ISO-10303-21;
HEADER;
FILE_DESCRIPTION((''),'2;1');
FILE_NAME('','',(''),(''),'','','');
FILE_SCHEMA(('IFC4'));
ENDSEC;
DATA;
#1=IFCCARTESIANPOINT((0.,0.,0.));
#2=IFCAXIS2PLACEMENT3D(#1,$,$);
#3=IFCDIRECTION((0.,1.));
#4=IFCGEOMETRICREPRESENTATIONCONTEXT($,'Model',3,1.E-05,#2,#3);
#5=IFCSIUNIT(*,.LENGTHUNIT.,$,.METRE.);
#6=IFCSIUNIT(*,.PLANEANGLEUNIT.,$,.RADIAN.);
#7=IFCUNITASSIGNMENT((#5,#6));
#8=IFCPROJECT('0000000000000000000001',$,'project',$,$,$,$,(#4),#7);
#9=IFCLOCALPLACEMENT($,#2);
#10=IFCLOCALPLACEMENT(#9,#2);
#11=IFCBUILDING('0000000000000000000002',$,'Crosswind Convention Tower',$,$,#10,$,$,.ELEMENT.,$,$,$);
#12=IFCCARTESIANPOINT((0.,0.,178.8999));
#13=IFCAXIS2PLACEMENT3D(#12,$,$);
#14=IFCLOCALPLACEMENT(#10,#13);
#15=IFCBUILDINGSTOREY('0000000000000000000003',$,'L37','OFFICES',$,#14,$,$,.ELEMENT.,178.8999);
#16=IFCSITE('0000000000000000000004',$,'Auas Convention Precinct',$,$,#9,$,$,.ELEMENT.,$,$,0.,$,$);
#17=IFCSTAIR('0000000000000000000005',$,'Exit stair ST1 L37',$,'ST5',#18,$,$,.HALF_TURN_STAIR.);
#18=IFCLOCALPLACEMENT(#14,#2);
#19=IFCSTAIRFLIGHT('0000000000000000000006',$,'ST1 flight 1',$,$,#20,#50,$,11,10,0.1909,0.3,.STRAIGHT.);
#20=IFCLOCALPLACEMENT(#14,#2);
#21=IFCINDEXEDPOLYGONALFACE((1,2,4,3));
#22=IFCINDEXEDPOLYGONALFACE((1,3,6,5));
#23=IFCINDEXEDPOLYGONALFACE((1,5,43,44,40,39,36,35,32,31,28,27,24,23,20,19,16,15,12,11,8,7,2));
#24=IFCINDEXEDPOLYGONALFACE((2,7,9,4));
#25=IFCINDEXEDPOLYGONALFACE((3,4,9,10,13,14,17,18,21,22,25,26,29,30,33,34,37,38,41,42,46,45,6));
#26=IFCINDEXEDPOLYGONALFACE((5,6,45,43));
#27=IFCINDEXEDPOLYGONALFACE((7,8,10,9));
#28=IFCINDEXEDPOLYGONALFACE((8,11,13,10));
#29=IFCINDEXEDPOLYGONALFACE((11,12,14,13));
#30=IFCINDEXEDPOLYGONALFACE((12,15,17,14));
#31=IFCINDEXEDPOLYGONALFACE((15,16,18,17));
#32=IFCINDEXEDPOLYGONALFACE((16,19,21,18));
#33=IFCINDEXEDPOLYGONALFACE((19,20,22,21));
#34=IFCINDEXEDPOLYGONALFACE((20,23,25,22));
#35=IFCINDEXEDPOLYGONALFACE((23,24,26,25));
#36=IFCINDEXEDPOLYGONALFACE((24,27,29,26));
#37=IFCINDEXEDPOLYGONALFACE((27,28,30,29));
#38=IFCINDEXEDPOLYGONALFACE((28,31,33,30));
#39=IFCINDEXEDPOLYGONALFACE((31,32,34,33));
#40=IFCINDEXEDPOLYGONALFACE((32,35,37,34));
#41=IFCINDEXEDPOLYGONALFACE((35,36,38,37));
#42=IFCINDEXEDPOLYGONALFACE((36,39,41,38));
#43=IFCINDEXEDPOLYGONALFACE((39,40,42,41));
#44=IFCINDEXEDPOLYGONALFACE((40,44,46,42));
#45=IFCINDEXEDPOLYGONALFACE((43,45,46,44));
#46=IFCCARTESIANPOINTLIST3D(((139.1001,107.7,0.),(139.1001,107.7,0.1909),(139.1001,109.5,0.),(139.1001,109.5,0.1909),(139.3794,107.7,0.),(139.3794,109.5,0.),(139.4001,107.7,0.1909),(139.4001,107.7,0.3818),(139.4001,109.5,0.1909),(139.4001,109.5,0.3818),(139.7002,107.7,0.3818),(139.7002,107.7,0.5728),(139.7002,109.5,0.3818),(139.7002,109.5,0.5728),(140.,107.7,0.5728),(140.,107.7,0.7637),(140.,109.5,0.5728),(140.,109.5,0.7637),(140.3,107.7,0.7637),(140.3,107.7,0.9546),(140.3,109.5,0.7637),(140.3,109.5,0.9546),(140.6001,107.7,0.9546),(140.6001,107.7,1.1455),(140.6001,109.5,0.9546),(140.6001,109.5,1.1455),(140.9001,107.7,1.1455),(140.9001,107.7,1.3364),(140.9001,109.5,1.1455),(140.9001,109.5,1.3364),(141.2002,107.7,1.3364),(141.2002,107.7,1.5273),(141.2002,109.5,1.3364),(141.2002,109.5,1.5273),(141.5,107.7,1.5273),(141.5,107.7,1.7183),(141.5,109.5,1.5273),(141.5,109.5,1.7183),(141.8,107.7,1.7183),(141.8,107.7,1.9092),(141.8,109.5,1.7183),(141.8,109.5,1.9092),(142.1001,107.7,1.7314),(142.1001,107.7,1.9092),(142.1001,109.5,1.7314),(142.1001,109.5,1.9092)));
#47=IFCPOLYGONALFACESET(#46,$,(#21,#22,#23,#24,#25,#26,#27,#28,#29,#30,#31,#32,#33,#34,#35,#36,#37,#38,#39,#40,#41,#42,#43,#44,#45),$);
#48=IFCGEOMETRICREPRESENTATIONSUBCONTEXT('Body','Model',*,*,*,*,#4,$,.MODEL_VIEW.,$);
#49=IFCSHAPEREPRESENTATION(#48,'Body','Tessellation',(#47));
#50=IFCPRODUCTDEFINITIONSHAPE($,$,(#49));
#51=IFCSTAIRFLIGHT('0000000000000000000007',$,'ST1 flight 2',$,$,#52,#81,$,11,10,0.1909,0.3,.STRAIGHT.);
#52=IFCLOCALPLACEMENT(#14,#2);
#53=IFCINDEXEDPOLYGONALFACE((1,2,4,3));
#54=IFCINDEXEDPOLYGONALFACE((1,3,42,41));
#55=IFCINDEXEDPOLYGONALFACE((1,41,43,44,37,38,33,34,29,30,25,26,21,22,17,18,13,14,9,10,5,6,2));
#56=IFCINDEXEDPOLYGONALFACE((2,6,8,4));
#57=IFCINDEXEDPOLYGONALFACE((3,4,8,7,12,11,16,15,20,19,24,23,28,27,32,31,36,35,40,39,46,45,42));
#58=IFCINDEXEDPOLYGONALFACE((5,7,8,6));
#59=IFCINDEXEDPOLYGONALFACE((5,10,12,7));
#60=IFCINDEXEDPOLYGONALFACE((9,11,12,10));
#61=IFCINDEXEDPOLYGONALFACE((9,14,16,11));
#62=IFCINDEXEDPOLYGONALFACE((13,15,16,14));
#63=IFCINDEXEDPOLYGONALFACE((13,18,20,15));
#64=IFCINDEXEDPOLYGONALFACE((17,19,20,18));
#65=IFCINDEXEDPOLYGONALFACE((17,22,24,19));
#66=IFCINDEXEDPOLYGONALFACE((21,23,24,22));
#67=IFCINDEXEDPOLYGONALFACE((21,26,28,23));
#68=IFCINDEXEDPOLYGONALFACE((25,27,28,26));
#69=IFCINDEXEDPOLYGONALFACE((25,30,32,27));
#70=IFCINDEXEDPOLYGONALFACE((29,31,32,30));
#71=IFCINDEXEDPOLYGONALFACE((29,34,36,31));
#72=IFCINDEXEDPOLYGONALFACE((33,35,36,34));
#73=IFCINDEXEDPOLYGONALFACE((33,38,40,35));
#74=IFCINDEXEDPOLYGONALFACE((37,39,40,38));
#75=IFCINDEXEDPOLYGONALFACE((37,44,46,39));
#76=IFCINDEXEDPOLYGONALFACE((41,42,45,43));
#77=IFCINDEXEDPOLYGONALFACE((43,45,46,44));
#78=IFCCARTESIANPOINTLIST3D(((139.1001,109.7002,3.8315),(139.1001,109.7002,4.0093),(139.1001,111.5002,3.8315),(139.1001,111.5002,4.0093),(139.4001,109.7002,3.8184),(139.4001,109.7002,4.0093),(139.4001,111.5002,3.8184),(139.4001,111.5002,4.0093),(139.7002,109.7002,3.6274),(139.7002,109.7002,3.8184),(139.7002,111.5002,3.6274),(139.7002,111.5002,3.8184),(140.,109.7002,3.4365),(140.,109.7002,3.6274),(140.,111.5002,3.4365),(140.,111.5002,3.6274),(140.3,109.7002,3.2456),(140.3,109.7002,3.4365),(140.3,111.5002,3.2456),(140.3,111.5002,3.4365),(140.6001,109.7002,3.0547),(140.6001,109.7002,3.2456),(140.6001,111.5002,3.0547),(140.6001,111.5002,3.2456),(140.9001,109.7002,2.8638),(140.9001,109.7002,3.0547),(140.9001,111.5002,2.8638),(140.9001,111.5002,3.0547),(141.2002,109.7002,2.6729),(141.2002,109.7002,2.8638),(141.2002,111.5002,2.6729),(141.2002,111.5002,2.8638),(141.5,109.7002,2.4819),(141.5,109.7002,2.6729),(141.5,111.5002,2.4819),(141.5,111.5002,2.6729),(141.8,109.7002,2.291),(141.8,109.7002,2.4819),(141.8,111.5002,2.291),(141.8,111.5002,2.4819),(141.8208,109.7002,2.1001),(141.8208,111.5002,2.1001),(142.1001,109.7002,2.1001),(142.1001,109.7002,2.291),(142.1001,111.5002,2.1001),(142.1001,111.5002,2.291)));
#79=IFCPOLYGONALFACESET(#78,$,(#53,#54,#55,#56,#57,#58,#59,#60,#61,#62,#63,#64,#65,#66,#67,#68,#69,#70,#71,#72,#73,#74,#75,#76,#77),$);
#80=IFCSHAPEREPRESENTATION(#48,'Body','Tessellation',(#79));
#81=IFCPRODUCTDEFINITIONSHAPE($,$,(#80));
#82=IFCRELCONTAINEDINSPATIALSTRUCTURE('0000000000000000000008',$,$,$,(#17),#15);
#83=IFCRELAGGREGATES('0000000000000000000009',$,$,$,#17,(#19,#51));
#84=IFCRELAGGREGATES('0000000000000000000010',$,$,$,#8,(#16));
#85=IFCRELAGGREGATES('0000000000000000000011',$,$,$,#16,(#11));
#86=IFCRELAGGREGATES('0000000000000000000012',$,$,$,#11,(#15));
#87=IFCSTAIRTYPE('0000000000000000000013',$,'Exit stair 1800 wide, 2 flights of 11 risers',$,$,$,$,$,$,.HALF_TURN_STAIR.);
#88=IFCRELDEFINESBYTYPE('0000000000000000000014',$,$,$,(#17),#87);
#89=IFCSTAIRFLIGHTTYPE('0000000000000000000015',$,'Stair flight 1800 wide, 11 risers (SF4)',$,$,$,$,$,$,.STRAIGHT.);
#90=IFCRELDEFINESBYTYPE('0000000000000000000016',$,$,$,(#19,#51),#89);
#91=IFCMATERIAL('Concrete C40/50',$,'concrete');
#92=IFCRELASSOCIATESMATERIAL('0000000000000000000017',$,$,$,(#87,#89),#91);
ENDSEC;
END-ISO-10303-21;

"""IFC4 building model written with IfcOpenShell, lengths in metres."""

from ifc_helpers import new_model, si_unit, direction, frame, origin, place, context, subcontext, project, spatial, polyline, outline, extrude, material, type_object, element, aggregate, save


model = new_model("IFC4")

# Units and contexts
model_context = context("Model", 3, precision=1e-05, world=origin(), true_north=direction((0.0, 1.0)))
body_context = subcontext(model_context, "Body", "Model", "MODEL_VIEW")
ifc_project = project(units=[si_unit("LENGTHUNIT", "METRE"), si_unit("PLANEANGLEUNIT", "RADIAN")], contexts=[model_context])

# Site, building, storey
site_placement = place(None, origin())
site = spatial("IfcSite", under=ifc_project, at=site_placement, Name="Auas Convention Precinct", CompositionType="ELEMENT", RefElevation=0.0)
building_placement = place(site_placement, origin())
building = spatial("IfcBuilding", under=site, at=building_placement, Name="Crosswind Convention Tower", CompositionType="ELEMENT")
storey_placement = place(building_placement, frame((0.0, 0.0, 178.8999)))
storey = spatial("IfcBuildingStorey", under=building, at=storey_placement, Name="L37", Description="OFFICES", CompositionType="ELEMENT", Elevation=178.8999)

# Stair, stair flights
ifc_material_1 = material(Name="Concrete C40/50", Category="concrete")
stair_type = type_object("IfcStairType", Name="Exit stair 1800 wide, 2 flights of 11 risers", PredefinedType="HALF_TURN_STAIR", material=ifc_material_1)
stair_placement = place(storey_placement, origin())
stair = element("IfcStair", 1, at=stair_placement, inside=storey, type_object=stair_type, Name="Exit stair ST1 L37", ObjectType="ST5", PredefinedType="HALF_TURN_STAIR")
stair_flight_type = type_object("IfcStairFlightType", Name="Stair flight 1800 wide, 11 risers (SF4)", PredefinedType="STRAIGHT", material=ifc_material_1)
stair_flight_1_placement = place(storey_placement, frame((139.1001, 108.6001, 0.0), z_axis=(0.0, 0.0, 1.0), x_axis=(1.0, 0.0, 0.0)))
stair_flight_1 = element("IfcStairFlight", 2, at=stair_flight_1_placement, type_object=stair_flight_type, Name="ST1 flight 1", NumberOfRisers=11, NumberOfTreads=10, PredefinedType="STRAIGHT", RiserHeight=0.1909, TreadLength=0.3, context=body_context, shape_type="SweptSolid", body=[
    extrude(outline(polyline([(0.0, 0.0), (0.0, 0.1909), (0.3, 0.1909), (0.3, 0.3818), (0.6001, 0.3818), (0.6001, 0.5728), (0.8999, 0.5728), (0.8999, 0.7637), (1.2, 0.7637), (1.2, 0.9546), (1.5, 0.9546), (1.5, 1.1455), (1.8, 1.1455), (1.8, 1.3364), (2.1001, 1.3364), (2.1001, 1.5273), (2.3999, 1.5273), (2.3999, 1.7183), (2.7, 1.7183), (2.7, 1.9092), (3.0, 1.9092), (3.0, 2.1001), (3.0, 1.7314), (0.2793, 0.0), (0.0, 0.0)])), frame((0.0, 0.8999, 0.0), z_axis=(0.0, -1.0, 0.0), x_axis=(1.0, 0.0, 0.0)), (0.0, 0.0, 1.0), 1.8),
])
stair_flight_2_placement = place(storey_placement, frame((142.1001, 110.6001, 2.1001), z_axis=(0.0, 0.0, 1.0), x_axis=(-1.0, 0.0, 0.0)))
stair_flight_2 = element("IfcStairFlight", 3, at=stair_flight_2_placement, type_object=stair_flight_type, Name="ST1 flight 2", NumberOfRisers=11, NumberOfTreads=10, PredefinedType="STRAIGHT", RiserHeight=0.1909, TreadLength=0.3, context=body_context, shape_type="SweptSolid", body=[
    extrude(outline(polyline([(0.0, 0.0), (0.0, 0.1909), (0.3, 0.1909), (0.3, 0.3818), (0.6001, 0.3818), (0.6001, 0.5728), (0.8999, 0.5728), (0.8999, 0.7637), (1.2, 0.7637), (1.2, 0.9546), (1.5, 0.9546), (1.5, 1.1455), (1.8, 1.1455), (1.8, 1.3364), (2.1001, 1.3364), (2.1001, 1.5273), (2.3999, 1.5273), (2.3999, 1.7183), (2.7, 1.7183), (2.7, 1.9092), (3.0, 1.9092), (3.0, 2.1001), (3.0, 1.7314), (0.2793, 0.0), (0.0, 0.0)])), frame((0.0, 0.8999, 0.0), z_axis=(0.0, -1.0, 0.0), x_axis=(1.0, 0.0, 0.0)), (0.0, 0.0, 1.0), 1.8),
])
aggregate(stair, [stair_flight_1, stair_flight_2])

save(model, "model.ifc")
